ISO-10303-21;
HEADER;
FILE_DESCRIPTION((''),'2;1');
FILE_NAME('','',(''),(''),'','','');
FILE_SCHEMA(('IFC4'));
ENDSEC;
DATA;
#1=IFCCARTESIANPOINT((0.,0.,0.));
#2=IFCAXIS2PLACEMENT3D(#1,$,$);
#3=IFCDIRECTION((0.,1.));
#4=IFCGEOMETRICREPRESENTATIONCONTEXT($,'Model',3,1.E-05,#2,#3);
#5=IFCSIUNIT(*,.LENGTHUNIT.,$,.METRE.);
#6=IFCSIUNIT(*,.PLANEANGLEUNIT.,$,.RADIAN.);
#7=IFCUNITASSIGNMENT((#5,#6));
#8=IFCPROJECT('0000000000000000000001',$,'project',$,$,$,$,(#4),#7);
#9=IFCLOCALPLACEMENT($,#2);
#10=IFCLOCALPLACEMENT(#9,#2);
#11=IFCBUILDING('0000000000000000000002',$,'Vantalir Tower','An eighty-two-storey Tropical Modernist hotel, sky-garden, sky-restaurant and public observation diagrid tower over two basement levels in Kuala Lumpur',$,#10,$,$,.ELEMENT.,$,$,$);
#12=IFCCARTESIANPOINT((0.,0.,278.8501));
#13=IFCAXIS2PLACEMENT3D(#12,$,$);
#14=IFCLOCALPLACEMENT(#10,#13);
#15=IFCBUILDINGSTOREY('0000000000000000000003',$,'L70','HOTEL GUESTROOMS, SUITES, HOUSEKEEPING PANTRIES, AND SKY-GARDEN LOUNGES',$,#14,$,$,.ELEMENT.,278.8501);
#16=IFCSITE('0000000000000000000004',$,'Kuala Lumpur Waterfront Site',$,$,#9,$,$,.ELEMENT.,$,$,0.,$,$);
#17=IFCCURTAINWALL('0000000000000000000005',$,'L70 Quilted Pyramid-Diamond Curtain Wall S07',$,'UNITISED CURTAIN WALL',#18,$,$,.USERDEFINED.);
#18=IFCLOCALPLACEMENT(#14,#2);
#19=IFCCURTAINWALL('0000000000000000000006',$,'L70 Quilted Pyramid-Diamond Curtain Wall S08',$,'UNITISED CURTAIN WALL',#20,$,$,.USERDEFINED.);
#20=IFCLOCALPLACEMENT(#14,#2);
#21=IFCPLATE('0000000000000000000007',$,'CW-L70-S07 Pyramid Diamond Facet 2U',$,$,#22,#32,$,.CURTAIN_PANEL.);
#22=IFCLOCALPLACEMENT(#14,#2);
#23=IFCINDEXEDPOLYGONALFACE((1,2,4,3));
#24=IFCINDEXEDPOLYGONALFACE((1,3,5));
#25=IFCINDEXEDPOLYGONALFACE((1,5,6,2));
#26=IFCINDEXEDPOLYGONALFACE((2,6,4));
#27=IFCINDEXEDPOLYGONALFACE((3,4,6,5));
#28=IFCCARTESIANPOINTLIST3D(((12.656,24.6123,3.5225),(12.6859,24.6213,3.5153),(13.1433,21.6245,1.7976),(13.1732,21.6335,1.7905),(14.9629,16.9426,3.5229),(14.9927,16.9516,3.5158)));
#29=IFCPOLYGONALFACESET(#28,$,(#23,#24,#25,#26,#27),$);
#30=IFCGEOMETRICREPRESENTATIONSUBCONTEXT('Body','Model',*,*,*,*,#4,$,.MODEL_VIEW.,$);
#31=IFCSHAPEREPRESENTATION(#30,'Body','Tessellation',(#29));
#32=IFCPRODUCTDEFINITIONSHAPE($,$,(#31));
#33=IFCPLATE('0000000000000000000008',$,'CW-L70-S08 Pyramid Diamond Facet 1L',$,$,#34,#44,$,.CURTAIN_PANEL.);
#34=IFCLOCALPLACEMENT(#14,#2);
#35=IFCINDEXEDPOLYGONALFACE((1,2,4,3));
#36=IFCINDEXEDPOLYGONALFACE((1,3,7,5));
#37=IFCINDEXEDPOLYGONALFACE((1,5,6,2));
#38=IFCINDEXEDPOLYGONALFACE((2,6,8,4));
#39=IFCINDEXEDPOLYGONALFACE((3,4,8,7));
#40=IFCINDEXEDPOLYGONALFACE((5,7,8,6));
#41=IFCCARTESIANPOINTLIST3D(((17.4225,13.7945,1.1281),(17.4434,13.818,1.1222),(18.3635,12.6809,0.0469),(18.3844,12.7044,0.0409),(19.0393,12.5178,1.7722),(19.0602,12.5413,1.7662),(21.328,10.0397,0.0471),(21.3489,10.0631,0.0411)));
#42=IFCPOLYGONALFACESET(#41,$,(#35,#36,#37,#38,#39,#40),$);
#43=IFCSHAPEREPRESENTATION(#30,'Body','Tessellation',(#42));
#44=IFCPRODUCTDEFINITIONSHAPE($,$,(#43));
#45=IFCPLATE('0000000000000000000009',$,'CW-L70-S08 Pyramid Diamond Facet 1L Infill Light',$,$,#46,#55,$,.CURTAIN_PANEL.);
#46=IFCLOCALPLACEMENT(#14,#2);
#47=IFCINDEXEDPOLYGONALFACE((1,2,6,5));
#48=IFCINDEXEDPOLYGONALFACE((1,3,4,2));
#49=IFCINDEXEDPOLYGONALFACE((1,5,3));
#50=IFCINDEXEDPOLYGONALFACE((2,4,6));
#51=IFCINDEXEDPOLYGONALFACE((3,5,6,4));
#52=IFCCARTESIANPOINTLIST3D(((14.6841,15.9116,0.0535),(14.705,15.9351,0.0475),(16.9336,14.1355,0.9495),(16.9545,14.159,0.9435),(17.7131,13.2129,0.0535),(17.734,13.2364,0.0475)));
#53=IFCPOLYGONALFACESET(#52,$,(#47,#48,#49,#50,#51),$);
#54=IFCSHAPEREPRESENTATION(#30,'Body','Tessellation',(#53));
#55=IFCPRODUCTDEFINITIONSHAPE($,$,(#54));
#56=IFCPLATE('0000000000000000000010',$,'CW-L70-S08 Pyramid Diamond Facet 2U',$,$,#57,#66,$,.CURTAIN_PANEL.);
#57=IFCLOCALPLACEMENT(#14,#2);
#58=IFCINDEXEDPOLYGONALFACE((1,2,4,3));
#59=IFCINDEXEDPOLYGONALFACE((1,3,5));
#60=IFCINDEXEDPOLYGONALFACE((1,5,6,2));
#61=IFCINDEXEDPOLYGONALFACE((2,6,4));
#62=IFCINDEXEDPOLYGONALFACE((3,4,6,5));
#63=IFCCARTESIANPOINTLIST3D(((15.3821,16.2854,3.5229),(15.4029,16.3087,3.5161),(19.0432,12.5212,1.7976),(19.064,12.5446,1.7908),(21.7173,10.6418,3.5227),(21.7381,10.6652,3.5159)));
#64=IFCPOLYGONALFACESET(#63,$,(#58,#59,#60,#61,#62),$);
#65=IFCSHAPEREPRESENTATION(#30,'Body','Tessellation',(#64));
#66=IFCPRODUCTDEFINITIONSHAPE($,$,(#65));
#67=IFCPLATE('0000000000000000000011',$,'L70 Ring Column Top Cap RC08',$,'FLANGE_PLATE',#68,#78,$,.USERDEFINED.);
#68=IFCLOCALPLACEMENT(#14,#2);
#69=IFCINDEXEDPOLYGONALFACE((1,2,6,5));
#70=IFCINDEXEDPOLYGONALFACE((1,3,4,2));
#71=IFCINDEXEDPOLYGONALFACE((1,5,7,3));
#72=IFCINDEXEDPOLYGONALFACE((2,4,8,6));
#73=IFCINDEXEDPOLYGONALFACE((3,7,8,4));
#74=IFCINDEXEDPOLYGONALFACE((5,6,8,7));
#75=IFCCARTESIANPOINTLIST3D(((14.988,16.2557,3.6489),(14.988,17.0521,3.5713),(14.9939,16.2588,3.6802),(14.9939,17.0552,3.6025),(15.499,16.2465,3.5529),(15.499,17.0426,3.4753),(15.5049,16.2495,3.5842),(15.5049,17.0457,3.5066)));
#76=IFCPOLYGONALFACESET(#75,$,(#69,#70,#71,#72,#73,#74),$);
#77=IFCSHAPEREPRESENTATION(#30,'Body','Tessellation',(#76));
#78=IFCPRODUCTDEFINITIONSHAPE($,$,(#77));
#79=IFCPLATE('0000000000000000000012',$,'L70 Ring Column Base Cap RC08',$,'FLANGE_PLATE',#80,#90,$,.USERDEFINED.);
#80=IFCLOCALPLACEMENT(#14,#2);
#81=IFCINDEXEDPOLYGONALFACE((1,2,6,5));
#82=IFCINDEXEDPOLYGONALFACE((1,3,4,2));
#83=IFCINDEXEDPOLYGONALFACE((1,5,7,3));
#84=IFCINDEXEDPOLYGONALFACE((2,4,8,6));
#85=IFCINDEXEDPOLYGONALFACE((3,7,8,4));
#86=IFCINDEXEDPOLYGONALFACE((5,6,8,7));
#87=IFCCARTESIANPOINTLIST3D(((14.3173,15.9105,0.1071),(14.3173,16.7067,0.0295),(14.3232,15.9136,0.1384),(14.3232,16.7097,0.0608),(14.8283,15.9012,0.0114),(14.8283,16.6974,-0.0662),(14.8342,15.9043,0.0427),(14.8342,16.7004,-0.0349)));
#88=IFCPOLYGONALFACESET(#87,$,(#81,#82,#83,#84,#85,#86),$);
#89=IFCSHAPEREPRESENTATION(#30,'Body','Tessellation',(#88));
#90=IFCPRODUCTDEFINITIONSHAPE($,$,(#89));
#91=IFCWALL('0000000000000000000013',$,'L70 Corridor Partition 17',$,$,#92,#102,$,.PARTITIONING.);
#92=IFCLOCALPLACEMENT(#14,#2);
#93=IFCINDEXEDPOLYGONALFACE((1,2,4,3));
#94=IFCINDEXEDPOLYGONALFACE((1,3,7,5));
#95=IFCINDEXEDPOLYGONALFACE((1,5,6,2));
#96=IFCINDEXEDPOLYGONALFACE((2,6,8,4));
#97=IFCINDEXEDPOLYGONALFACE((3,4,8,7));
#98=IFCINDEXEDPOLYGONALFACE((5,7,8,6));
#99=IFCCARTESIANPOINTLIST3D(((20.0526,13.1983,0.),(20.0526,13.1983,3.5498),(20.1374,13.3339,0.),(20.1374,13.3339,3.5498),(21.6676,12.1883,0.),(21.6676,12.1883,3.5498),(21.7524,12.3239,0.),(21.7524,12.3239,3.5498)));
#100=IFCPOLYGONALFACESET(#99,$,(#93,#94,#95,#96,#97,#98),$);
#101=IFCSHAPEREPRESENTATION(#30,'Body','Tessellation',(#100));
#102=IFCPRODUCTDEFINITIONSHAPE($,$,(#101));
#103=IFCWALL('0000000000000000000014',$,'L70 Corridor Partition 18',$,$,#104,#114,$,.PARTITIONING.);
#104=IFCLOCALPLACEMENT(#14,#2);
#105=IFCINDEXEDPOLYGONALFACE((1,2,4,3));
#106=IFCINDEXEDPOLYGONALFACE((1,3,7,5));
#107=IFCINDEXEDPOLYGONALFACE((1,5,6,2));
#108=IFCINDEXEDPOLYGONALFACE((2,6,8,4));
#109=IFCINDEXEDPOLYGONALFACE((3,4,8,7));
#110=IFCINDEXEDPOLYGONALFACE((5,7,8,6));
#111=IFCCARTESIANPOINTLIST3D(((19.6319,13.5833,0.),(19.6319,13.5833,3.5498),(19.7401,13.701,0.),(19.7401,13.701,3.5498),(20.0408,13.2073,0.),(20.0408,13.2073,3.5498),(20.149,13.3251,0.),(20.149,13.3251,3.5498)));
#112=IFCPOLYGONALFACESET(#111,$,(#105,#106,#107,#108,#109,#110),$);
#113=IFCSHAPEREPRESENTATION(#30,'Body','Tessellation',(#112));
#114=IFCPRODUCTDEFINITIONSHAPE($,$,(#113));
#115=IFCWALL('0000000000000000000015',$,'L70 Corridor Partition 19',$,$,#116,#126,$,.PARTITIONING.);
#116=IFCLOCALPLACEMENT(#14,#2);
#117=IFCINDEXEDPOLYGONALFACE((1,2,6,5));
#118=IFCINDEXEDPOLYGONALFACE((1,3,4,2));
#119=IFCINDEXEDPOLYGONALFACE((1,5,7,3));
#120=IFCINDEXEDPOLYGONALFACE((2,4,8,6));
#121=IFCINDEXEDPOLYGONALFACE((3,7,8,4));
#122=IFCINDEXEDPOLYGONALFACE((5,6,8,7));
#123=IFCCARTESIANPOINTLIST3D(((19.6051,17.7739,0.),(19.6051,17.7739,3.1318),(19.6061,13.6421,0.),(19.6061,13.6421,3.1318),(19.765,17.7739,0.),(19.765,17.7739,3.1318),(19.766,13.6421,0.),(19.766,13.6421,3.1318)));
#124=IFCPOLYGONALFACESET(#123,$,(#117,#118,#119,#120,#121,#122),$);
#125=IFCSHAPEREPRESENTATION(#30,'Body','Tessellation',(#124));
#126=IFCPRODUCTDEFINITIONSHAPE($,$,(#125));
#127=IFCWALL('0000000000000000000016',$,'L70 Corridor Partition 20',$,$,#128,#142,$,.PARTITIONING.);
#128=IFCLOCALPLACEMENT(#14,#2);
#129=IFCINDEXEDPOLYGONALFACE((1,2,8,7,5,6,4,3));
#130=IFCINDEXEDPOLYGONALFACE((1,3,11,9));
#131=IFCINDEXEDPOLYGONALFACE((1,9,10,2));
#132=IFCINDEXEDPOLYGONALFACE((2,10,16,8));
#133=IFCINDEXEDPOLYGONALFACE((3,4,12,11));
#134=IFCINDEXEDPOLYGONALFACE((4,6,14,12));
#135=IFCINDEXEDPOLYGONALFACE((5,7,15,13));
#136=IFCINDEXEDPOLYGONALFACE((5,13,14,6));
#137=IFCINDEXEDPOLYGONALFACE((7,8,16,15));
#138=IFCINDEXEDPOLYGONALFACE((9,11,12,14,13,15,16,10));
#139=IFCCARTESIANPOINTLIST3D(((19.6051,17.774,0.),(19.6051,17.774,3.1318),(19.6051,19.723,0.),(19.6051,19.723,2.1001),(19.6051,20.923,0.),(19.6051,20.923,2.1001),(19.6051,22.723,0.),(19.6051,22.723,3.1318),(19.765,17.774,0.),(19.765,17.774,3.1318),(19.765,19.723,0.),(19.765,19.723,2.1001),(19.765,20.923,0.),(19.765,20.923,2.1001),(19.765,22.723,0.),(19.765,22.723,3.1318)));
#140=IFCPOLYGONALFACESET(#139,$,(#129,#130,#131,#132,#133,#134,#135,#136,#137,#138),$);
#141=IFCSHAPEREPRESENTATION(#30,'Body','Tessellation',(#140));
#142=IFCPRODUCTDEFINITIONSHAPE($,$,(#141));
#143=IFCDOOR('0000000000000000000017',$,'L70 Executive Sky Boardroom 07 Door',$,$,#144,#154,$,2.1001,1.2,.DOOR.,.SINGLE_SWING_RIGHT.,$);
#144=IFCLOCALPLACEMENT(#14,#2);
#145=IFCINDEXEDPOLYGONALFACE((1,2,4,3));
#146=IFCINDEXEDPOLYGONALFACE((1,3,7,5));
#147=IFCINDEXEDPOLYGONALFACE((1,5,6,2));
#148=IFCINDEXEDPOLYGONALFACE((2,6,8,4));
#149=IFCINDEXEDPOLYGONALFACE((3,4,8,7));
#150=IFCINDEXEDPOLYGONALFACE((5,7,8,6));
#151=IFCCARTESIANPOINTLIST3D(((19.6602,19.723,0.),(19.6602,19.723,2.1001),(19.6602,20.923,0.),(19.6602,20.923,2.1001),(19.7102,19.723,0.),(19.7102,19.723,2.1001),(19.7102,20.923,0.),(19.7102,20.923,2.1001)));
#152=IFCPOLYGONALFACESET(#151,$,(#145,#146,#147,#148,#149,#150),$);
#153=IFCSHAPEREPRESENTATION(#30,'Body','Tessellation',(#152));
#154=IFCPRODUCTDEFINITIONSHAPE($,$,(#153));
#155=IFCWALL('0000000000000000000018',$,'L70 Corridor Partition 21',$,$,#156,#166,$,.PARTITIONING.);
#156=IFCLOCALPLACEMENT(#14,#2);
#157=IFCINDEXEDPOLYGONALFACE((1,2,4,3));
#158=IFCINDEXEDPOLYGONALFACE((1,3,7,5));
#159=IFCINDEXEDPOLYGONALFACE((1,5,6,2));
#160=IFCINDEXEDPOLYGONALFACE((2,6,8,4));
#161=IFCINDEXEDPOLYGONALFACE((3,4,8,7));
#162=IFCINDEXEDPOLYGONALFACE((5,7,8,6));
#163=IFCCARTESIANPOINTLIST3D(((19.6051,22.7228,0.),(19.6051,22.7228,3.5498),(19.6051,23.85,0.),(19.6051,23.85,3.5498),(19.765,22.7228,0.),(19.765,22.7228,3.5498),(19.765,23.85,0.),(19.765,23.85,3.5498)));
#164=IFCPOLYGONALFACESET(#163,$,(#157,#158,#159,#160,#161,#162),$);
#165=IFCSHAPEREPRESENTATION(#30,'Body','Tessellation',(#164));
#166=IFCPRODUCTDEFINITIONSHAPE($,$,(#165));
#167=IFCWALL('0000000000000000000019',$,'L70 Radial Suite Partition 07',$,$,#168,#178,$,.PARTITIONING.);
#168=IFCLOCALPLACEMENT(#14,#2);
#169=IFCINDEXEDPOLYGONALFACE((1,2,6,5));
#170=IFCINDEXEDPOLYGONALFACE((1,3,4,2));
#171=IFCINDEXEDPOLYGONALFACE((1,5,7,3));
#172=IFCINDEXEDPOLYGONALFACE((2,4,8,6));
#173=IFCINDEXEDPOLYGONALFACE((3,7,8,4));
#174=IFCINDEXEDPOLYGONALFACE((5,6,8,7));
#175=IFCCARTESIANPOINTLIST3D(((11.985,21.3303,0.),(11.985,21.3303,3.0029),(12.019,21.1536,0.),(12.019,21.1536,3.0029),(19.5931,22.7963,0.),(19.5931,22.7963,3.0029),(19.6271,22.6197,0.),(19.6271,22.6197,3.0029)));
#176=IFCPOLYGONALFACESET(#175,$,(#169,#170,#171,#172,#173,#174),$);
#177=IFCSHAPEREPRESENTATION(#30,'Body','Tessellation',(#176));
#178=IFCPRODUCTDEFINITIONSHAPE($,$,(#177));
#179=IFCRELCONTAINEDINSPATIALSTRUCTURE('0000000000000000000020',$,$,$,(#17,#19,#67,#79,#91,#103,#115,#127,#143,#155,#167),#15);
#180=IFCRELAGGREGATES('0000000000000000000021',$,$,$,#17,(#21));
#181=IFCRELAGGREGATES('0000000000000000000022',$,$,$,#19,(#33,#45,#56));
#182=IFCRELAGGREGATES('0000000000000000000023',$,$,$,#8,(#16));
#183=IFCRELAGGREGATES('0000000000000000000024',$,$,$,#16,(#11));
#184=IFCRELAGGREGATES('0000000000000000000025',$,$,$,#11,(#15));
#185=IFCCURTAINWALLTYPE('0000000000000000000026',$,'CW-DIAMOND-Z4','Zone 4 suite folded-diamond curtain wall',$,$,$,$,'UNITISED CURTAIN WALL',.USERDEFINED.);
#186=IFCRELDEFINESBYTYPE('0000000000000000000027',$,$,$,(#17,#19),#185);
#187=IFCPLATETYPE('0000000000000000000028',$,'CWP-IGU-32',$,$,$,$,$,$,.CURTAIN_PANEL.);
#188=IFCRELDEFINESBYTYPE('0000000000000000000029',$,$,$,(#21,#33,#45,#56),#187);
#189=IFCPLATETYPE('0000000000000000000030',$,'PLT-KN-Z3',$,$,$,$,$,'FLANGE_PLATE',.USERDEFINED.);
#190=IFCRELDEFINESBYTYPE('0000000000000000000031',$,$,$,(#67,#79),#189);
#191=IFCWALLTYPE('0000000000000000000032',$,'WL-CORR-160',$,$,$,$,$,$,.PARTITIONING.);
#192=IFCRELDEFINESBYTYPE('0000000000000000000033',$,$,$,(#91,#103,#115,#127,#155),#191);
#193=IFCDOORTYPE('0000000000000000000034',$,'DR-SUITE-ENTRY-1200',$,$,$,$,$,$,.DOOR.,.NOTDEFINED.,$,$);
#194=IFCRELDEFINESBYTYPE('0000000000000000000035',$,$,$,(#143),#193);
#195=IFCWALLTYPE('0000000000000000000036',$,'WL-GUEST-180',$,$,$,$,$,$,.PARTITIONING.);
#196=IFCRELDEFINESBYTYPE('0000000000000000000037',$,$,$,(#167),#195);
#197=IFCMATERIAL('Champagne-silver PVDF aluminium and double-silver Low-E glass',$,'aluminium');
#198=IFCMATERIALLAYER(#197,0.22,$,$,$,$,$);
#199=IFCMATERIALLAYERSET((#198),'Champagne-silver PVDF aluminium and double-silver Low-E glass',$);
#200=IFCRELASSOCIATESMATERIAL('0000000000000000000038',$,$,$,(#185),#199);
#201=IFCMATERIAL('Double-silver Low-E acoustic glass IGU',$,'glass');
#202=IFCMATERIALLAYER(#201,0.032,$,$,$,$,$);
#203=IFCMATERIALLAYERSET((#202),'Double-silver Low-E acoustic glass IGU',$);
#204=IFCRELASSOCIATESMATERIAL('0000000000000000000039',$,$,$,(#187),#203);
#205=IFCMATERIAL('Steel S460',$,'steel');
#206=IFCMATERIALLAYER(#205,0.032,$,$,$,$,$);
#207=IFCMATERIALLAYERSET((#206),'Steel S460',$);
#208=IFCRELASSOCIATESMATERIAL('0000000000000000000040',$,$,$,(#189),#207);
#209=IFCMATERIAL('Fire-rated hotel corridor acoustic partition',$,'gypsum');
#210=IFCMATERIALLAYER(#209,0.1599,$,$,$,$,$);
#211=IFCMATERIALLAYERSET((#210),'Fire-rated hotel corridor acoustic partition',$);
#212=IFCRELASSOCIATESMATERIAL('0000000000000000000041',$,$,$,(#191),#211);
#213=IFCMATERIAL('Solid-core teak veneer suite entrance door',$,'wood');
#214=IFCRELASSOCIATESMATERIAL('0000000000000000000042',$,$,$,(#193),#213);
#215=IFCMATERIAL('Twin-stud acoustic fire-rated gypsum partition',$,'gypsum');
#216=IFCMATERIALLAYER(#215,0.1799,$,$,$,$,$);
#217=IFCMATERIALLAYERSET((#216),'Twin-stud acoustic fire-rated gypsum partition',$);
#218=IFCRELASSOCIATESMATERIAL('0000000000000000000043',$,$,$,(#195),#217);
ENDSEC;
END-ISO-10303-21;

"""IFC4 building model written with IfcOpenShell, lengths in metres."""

from ifc_helpers import new_model, si_unit, direction, frame, frame_2d, origin, place, context, subcontext, project, spatial, polyline, rectangle, outline, extrude, material, layer, layer_set, type_object, element, fill, aggregate, save


model = new_model("IFC4")

# Units and contexts
model_context = context("Model", 3, precision=1e-05, world=origin(), true_north=direction((0.0, 1.0)))
body_context = subcontext(model_context, "Body", "Model", "MODEL_VIEW")
ifc_project = project(units=[si_unit("LENGTHUNIT", "METRE"), si_unit("PLANEANGLEUNIT", "RADIAN")], contexts=[model_context])

# Site, building, storey
site_placement = place(None, origin())
site = spatial("IfcSite", under=ifc_project, at=site_placement, Name="Kuala Lumpur Waterfront Site", CompositionType="ELEMENT", RefElevation=0.0)
building_placement = place(site_placement, origin())
building = spatial("IfcBuilding", under=site, at=building_placement, Name="Vantalir Tower", Description="An eighty-two-storey Tropical Modernist hotel, sky-garden, sky-restaurant and public observation diagrid tower over two basement levels in Kuala Lumpur", CompositionType="ELEMENT")
storey_placement = place(building_placement, frame((0.0, 0.0, 278.8501)))
storey = spatial("IfcBuildingStorey", under=building, at=storey_placement, Name="L70", Description="HOTEL GUESTROOMS, SUITES, HOUSEKEEPING PANTRIES, AND SKY-GARDEN LOUNGES", CompositionType="ELEMENT", Elevation=278.8501)

# Shared definitions
ifc_material_1 = material(Name="Steel S460", Category="steel")

# Curtain wall
ifc_material_2 = material(Name="Champagne-silver PVDF aluminium and double-silver Low-E glass", Category="aluminium")
ifc_layer_1 = layer(ifc_material_2, 0.22)
ifc_layer_set_1 = layer_set([ifc_layer_1], Name="Champagne-silver PVDF aluminium and double-silver Low-E glass")
curtain_wall_type = type_object("IfcCurtainWallType", Name="CW-DIAMOND-Z4", Description="Zone 4 suite folded-diamond curtain wall", ElementType="UNITISED CURTAIN WALL", PredefinedType="USERDEFINED", material=ifc_layer_set_1)
curtain_wall_1_placement = place(storey_placement, origin())
curtain_wall_1 = element("IfcCurtainWall", 1, at=curtain_wall_1_placement, inside=storey, type_object=curtain_wall_type, Name="L70 Quilted Pyramid-Diamond Curtain Wall S07", ObjectType="UNITISED CURTAIN WALL", PredefinedType="USERDEFINED")

# Curtain wall
curtain_wall_2_placement = place(storey_placement, origin())
curtain_wall_2 = element("IfcCurtainWall", 2, at=curtain_wall_2_placement, inside=storey, type_object=curtain_wall_type, Name="L70 Quilted Pyramid-Diamond Curtain Wall S08", ObjectType="UNITISED CURTAIN WALL", PredefinedType="USERDEFINED")

# Plates
ifc_material_3 = material(Name="Double-silver Low-E acoustic glass IGU", Category="glass")
ifc_layer_2 = layer(ifc_material_3, 0.032)
ifc_layer_set_2 = layer_set([ifc_layer_2], Name="Double-silver Low-E acoustic glass IGU")
plate_type_1 = type_object("IfcPlateType", Name="CWP-IGU-32", PredefinedType="CURTAIN_PANEL", material=ifc_layer_set_2)
plate_1_placement = place(storey_placement, frame((14.9629, 16.9426, 3.5229), z_axis=(-0.933591, -0.280791, 0.222629), x_axis=(-0.288033, 0.95762, -0.000061)))
plate_1 = element("IfcPlate", 3, at=plate_1_placement, type_object=plate_type_1, Name="CW-L70-S07 Pyramid Diamond Facet 2U", PredefinedType="CURTAIN_PANEL", context=body_context, shape_type="SweptSolid", body=[
    extrude(outline(polyline([(0.0, 0.0), (8.0091, 0.0), (5.0077, 1.7694), (0.0, 0.0)])), origin(), (0.0, 0.0, -1.0), 0.032),
])
aggregate(curtain_wall_1, [plate_1])
plate_2_placement = place(storey_placement, frame((18.3635, 12.6809, 0.0469), z_axis=(-0.653551, -0.733507, 0.186649), x_axis=(0.746635, -0.665234, 0.000055)))
plate_2 = element("IfcPlate", 4, at=plate_2_placement, type_object=plate_type_1, Name="CW-L70-S08 Pyramid Diamond Facet 1L", PredefinedType="CURTAIN_PANEL", context=body_context, shape_type="SweptSolid", body=[
    extrude(outline(polyline([(0.0, 0.0), (3.9704, 0.0), (0.6131, 1.7562), (-1.4434, 1.1007), (0.0, 0.0)])), origin(), (0.0, 0.0, -1.0), 0.032),
])
plate_3_placement = place(storey_placement, frame((14.6841, 15.9116, 0.0535), z_axis=(-0.653524, -0.733515, 0.186717), x_axis=(0.746645, -0.665223, 0.0)))
plate_3 = element("IfcPlate", 5, at=plate_3_placement, type_object=plate_type_1, Name="CW-L70-S08 Pyramid Diamond Facet 1L Infill Light", PredefinedType="CURTAIN_PANEL", context=body_context, shape_type="SweptSolid", body=[
    extrude(outline(polyline([(0.0, 0.0), (4.0569, 0.0), (2.8611, 0.912), (0.0, 0.0)])), origin(), (0.0, 0.0, -1.0), 0.032),
])
plate_4_placement = place(storey_placement, frame((21.7173, 10.6418, 3.5227), z_axis=(-0.649958, -0.729623, 0.212617), x_axis=(-0.746691, 0.665171, 0.000029)))
plate_4 = element("IfcPlate", 6, at=plate_4_placement, type_object=plate_type_1, Name="CW-L70-S08 Pyramid Diamond Facet 2U", PredefinedType="CURTAIN_PANEL", context=body_context, shape_type="SweptSolid", body=[
    extrude(outline(polyline([(0.0, 0.0), (8.4844, 0.0), (3.2468, 1.7656), (0.0, 0.0)])), origin(), (0.0, 0.0, -1.0), 0.032),
])
aggregate(curtain_wall_2, [plate_2, plate_3, plate_4])

# Plates
ifc_layer_3 = layer(ifc_material_1, 0.032)
ifc_layer_set_3 = layer_set([ifc_layer_3], Name="Steel S460")
plate_type_2 = type_object("IfcPlateType", Name="PLT-KN-Z3", ElementType="FLANGE_PLATE", PredefinedType="USERDEFINED", material=ifc_layer_set_3)
plate_5_placement = place(storey_placement, frame((14.9939, 17.0552, 3.6025), z_axis=(0.185397, 0.095359, 0.978026), x_axis=(0.000003, -0.99528, 0.09704)))
element("IfcPlate", 7, at=plate_5_placement, inside=storey, type_object=plate_type_2, Name="L70 Ring Column Top Cap RC08", ObjectType="FLANGE_PLATE", PredefinedType="USERDEFINED", context=body_context, shape_type="SweptSolid", body=[
    extrude(outline(polyline([(0.0, 0.0), (0.8002, 0.0), (0.8001, 0.52), (0.0002, 0.52), (0.0, 0.0)])), origin(), (0.0, 0.0, -1.0), 0.032),
])
plate_6_placement = place(storey_placement, frame((14.3232, 16.7097, 0.0608), z_axis=(0.184924, 0.095382, 0.978113), x_axis=(0.0, -0.995279, 0.097056)))
element("IfcPlate", 8, at=plate_6_placement, inside=storey, type_object=plate_type_2, Name="L70 Ring Column Base Cap RC08", ObjectType="FLANGE_PLATE", PredefinedType="USERDEFINED", context=body_context, shape_type="SweptSolid", body=[
    extrude(outline(polyline([(0.0, 0.0), (0.7999, 0.0), (0.7999, 0.52), (-0.0001, 0.52), (0.0, 0.0)])), origin(), (0.0, 0.0, -1.0), 0.032),
])

# Walls
ifc_material_4 = material(Name="Fire-rated hotel corridor acoustic partition", Category="gypsum")
ifc_layer_4 = layer(ifc_material_4, 0.1599)
ifc_layer_set_4 = layer_set([ifc_layer_4], Name="Fire-rated hotel corridor acoustic partition")
wall_type_1 = type_object("IfcWallType", Name="WL-CORR-160", PredefinedType="PARTITIONING", material=ifc_layer_set_4)
wall_1_placement = place(storey_placement, frame((21.71, 12.2561, 0.0), z_axis=(0.0, 0.0, 1.0), x_axis=(-0.847847, 0.530241, 0.0)))
element("IfcWall", 9, at=wall_1_placement, inside=storey, type_object=wall_type_1, Name="L70 Corridor Partition 17", PredefinedType="PARTITIONING", context=body_context, shape_type="SweptSolid", body=[
    extrude(rectangle(XDim=1.9048, YDim=0.1599, at=frame_2d((0.9524, 0.0))), origin(), (0.0, 0.0, 1.0), 3.5498),
])
wall_2_placement = place(storey_placement, frame((20.095, 13.2661, 0.0), z_axis=(0.0, 0.0, 1.0), x_axis=(-0.73615, 0.676818, 0.0)))
element("IfcWall", 10, at=wall_2_placement, inside=storey, type_object=wall_type_1, Name="L70 Corridor Partition 18", PredefinedType="PARTITIONING", context=body_context, shape_type="SweptSolid", body=[
    extrude(rectangle(XDim=0.5554, YDim=0.1599, at=frame_2d((0.2778, 0.0))), origin(), (0.0, 0.0, 1.0), 3.5498),
])
wall_3_placement = place(storey_placement, frame((19.686, 13.6421, 0.0), z_axis=(0.0, 0.0, 1.0), x_axis=(-0.000236, 1.0, 0.0)))
element("IfcWall", 11, at=wall_3_placement, inside=storey, type_object=wall_type_1, Name="L70 Corridor Partition 19", PredefinedType="PARTITIONING", context=body_context, shape_type="SweptSolid", body=[
    extrude(rectangle(XDim=4.1318, YDim=0.1599, at=frame_2d((2.0659, 0.0))), origin(), (0.0, 0.0, 1.0), 3.1318),
])

# Wall, opening, door
wall_4_placement = place(storey_placement, frame((19.6851, 17.7739, 0.0), z_axis=(0.0, 0.0, 1.0), x_axis=(0.0, 1.0, 0.0)))
wall_4 = element("IfcWall", 12, at=wall_4_placement, inside=storey, type_object=wall_type_1, Name="L70 Corridor Partition 20", PredefinedType="PARTITIONING", context=body_context, shape_type="SweptSolid", body=[
    extrude(rectangle(XDim=4.949, YDim=0.1599, at=frame_2d((2.4746, 0.0))), origin(), (0.0, 0.0, 1.0), 3.1318),
])
opening_placement = place(wall_4_placement, frame((1.949, 0.0, 0.0)))
opening = element("IfcOpeningElement", 13, at=opening_placement, cuts=wall_4, PredefinedType="OPENING", context=body_context, shape_type="SweptSolid", body=[
    extrude(rectangle(XDim=1.2, YDim=2.1001, at=frame_2d((0.6001, 1.05))), frame((0.0, 0.0898, 0.0), z_axis=(0.0, -1.0, 0.0), x_axis=(1.0, 0.0, 0.0)), (0.0, 0.0, 1.0), 0.1799),
])
ifc_material_5 = material(Name="Solid-core teak veneer suite entrance door", Category="wood")
door_type = type_object("IfcDoorType", Name="DR-SUITE-ENTRY-1200", OperationType="NOTDEFINED", PredefinedType="DOOR", material=ifc_material_5)
door_placement = place(opening_placement, origin())
door = element("IfcDoor", 14, at=door_placement, inside=storey, type_object=door_type, Name="L70 Executive Sky Boardroom 07 Door", OperationType="SINGLE_SWING_RIGHT", OverallHeight=2.1001, OverallWidth=1.2, PredefinedType="DOOR", context=body_context, shape_type="SweptSolid", body=[
    extrude(rectangle(XDim=1.2, YDim=2.1001, at=frame_2d((0.6001, 1.05))), frame((0.0, 0.0249, 0.0), z_axis=(0.0, -1.0, 0.0), x_axis=(1.0, 0.0, 0.0)), (0.0, 0.0, 1.0), 0.05),
])
fill(opening, door)

# Walls
wall_5_placement = place(storey_placement, frame((19.6851, 22.7229, 0.0), z_axis=(0.0, 0.0, 1.0), x_axis=(0.0, 1.0, 0.0)))
element("IfcWall", 15, at=wall_5_placement, inside=storey, type_object=wall_type_1, Name="L70 Corridor Partition 21", PredefinedType="PARTITIONING", context=body_context, shape_type="SweptSolid", body=[
    extrude(rectangle(XDim=1.1272, YDim=0.1599, at=frame_2d((0.5635, 0.0))), origin(), (0.0, 0.0, 1.0), 3.5498),
])
ifc_material_6 = material(Name="Twin-stud acoustic fire-rated gypsum partition", Category="gypsum")
ifc_layer_5 = layer(ifc_material_6, 0.1799)
ifc_layer_set_5 = layer_set([ifc_layer_5], Name="Twin-stud acoustic fire-rated gypsum partition")
wall_type_2 = type_object("IfcWallType", Name="WL-GUEST-180", PredefinedType="PARTITIONING", material=ifc_layer_set_5)
wall_6_placement = place(storey_placement, frame((19.6101, 22.708, 0.0), z_axis=(0.0, 0.0, 1.0), x_axis=(-0.981936, -0.189216, 0.0)))
element("IfcWall", 16, at=wall_6_placement, inside=storey, type_object=wall_type_2, Name="L70 Radial Suite Partition 07", PredefinedType="PARTITIONING", context=body_context, shape_type="SweptSolid", body=[
    extrude(rectangle(XDim=7.748, YDim=0.1799, at=frame_2d((3.874, 0.0))), origin(), (0.0, 0.0, 1.0), 3.0029),
])

save(model, "model.ifc")
